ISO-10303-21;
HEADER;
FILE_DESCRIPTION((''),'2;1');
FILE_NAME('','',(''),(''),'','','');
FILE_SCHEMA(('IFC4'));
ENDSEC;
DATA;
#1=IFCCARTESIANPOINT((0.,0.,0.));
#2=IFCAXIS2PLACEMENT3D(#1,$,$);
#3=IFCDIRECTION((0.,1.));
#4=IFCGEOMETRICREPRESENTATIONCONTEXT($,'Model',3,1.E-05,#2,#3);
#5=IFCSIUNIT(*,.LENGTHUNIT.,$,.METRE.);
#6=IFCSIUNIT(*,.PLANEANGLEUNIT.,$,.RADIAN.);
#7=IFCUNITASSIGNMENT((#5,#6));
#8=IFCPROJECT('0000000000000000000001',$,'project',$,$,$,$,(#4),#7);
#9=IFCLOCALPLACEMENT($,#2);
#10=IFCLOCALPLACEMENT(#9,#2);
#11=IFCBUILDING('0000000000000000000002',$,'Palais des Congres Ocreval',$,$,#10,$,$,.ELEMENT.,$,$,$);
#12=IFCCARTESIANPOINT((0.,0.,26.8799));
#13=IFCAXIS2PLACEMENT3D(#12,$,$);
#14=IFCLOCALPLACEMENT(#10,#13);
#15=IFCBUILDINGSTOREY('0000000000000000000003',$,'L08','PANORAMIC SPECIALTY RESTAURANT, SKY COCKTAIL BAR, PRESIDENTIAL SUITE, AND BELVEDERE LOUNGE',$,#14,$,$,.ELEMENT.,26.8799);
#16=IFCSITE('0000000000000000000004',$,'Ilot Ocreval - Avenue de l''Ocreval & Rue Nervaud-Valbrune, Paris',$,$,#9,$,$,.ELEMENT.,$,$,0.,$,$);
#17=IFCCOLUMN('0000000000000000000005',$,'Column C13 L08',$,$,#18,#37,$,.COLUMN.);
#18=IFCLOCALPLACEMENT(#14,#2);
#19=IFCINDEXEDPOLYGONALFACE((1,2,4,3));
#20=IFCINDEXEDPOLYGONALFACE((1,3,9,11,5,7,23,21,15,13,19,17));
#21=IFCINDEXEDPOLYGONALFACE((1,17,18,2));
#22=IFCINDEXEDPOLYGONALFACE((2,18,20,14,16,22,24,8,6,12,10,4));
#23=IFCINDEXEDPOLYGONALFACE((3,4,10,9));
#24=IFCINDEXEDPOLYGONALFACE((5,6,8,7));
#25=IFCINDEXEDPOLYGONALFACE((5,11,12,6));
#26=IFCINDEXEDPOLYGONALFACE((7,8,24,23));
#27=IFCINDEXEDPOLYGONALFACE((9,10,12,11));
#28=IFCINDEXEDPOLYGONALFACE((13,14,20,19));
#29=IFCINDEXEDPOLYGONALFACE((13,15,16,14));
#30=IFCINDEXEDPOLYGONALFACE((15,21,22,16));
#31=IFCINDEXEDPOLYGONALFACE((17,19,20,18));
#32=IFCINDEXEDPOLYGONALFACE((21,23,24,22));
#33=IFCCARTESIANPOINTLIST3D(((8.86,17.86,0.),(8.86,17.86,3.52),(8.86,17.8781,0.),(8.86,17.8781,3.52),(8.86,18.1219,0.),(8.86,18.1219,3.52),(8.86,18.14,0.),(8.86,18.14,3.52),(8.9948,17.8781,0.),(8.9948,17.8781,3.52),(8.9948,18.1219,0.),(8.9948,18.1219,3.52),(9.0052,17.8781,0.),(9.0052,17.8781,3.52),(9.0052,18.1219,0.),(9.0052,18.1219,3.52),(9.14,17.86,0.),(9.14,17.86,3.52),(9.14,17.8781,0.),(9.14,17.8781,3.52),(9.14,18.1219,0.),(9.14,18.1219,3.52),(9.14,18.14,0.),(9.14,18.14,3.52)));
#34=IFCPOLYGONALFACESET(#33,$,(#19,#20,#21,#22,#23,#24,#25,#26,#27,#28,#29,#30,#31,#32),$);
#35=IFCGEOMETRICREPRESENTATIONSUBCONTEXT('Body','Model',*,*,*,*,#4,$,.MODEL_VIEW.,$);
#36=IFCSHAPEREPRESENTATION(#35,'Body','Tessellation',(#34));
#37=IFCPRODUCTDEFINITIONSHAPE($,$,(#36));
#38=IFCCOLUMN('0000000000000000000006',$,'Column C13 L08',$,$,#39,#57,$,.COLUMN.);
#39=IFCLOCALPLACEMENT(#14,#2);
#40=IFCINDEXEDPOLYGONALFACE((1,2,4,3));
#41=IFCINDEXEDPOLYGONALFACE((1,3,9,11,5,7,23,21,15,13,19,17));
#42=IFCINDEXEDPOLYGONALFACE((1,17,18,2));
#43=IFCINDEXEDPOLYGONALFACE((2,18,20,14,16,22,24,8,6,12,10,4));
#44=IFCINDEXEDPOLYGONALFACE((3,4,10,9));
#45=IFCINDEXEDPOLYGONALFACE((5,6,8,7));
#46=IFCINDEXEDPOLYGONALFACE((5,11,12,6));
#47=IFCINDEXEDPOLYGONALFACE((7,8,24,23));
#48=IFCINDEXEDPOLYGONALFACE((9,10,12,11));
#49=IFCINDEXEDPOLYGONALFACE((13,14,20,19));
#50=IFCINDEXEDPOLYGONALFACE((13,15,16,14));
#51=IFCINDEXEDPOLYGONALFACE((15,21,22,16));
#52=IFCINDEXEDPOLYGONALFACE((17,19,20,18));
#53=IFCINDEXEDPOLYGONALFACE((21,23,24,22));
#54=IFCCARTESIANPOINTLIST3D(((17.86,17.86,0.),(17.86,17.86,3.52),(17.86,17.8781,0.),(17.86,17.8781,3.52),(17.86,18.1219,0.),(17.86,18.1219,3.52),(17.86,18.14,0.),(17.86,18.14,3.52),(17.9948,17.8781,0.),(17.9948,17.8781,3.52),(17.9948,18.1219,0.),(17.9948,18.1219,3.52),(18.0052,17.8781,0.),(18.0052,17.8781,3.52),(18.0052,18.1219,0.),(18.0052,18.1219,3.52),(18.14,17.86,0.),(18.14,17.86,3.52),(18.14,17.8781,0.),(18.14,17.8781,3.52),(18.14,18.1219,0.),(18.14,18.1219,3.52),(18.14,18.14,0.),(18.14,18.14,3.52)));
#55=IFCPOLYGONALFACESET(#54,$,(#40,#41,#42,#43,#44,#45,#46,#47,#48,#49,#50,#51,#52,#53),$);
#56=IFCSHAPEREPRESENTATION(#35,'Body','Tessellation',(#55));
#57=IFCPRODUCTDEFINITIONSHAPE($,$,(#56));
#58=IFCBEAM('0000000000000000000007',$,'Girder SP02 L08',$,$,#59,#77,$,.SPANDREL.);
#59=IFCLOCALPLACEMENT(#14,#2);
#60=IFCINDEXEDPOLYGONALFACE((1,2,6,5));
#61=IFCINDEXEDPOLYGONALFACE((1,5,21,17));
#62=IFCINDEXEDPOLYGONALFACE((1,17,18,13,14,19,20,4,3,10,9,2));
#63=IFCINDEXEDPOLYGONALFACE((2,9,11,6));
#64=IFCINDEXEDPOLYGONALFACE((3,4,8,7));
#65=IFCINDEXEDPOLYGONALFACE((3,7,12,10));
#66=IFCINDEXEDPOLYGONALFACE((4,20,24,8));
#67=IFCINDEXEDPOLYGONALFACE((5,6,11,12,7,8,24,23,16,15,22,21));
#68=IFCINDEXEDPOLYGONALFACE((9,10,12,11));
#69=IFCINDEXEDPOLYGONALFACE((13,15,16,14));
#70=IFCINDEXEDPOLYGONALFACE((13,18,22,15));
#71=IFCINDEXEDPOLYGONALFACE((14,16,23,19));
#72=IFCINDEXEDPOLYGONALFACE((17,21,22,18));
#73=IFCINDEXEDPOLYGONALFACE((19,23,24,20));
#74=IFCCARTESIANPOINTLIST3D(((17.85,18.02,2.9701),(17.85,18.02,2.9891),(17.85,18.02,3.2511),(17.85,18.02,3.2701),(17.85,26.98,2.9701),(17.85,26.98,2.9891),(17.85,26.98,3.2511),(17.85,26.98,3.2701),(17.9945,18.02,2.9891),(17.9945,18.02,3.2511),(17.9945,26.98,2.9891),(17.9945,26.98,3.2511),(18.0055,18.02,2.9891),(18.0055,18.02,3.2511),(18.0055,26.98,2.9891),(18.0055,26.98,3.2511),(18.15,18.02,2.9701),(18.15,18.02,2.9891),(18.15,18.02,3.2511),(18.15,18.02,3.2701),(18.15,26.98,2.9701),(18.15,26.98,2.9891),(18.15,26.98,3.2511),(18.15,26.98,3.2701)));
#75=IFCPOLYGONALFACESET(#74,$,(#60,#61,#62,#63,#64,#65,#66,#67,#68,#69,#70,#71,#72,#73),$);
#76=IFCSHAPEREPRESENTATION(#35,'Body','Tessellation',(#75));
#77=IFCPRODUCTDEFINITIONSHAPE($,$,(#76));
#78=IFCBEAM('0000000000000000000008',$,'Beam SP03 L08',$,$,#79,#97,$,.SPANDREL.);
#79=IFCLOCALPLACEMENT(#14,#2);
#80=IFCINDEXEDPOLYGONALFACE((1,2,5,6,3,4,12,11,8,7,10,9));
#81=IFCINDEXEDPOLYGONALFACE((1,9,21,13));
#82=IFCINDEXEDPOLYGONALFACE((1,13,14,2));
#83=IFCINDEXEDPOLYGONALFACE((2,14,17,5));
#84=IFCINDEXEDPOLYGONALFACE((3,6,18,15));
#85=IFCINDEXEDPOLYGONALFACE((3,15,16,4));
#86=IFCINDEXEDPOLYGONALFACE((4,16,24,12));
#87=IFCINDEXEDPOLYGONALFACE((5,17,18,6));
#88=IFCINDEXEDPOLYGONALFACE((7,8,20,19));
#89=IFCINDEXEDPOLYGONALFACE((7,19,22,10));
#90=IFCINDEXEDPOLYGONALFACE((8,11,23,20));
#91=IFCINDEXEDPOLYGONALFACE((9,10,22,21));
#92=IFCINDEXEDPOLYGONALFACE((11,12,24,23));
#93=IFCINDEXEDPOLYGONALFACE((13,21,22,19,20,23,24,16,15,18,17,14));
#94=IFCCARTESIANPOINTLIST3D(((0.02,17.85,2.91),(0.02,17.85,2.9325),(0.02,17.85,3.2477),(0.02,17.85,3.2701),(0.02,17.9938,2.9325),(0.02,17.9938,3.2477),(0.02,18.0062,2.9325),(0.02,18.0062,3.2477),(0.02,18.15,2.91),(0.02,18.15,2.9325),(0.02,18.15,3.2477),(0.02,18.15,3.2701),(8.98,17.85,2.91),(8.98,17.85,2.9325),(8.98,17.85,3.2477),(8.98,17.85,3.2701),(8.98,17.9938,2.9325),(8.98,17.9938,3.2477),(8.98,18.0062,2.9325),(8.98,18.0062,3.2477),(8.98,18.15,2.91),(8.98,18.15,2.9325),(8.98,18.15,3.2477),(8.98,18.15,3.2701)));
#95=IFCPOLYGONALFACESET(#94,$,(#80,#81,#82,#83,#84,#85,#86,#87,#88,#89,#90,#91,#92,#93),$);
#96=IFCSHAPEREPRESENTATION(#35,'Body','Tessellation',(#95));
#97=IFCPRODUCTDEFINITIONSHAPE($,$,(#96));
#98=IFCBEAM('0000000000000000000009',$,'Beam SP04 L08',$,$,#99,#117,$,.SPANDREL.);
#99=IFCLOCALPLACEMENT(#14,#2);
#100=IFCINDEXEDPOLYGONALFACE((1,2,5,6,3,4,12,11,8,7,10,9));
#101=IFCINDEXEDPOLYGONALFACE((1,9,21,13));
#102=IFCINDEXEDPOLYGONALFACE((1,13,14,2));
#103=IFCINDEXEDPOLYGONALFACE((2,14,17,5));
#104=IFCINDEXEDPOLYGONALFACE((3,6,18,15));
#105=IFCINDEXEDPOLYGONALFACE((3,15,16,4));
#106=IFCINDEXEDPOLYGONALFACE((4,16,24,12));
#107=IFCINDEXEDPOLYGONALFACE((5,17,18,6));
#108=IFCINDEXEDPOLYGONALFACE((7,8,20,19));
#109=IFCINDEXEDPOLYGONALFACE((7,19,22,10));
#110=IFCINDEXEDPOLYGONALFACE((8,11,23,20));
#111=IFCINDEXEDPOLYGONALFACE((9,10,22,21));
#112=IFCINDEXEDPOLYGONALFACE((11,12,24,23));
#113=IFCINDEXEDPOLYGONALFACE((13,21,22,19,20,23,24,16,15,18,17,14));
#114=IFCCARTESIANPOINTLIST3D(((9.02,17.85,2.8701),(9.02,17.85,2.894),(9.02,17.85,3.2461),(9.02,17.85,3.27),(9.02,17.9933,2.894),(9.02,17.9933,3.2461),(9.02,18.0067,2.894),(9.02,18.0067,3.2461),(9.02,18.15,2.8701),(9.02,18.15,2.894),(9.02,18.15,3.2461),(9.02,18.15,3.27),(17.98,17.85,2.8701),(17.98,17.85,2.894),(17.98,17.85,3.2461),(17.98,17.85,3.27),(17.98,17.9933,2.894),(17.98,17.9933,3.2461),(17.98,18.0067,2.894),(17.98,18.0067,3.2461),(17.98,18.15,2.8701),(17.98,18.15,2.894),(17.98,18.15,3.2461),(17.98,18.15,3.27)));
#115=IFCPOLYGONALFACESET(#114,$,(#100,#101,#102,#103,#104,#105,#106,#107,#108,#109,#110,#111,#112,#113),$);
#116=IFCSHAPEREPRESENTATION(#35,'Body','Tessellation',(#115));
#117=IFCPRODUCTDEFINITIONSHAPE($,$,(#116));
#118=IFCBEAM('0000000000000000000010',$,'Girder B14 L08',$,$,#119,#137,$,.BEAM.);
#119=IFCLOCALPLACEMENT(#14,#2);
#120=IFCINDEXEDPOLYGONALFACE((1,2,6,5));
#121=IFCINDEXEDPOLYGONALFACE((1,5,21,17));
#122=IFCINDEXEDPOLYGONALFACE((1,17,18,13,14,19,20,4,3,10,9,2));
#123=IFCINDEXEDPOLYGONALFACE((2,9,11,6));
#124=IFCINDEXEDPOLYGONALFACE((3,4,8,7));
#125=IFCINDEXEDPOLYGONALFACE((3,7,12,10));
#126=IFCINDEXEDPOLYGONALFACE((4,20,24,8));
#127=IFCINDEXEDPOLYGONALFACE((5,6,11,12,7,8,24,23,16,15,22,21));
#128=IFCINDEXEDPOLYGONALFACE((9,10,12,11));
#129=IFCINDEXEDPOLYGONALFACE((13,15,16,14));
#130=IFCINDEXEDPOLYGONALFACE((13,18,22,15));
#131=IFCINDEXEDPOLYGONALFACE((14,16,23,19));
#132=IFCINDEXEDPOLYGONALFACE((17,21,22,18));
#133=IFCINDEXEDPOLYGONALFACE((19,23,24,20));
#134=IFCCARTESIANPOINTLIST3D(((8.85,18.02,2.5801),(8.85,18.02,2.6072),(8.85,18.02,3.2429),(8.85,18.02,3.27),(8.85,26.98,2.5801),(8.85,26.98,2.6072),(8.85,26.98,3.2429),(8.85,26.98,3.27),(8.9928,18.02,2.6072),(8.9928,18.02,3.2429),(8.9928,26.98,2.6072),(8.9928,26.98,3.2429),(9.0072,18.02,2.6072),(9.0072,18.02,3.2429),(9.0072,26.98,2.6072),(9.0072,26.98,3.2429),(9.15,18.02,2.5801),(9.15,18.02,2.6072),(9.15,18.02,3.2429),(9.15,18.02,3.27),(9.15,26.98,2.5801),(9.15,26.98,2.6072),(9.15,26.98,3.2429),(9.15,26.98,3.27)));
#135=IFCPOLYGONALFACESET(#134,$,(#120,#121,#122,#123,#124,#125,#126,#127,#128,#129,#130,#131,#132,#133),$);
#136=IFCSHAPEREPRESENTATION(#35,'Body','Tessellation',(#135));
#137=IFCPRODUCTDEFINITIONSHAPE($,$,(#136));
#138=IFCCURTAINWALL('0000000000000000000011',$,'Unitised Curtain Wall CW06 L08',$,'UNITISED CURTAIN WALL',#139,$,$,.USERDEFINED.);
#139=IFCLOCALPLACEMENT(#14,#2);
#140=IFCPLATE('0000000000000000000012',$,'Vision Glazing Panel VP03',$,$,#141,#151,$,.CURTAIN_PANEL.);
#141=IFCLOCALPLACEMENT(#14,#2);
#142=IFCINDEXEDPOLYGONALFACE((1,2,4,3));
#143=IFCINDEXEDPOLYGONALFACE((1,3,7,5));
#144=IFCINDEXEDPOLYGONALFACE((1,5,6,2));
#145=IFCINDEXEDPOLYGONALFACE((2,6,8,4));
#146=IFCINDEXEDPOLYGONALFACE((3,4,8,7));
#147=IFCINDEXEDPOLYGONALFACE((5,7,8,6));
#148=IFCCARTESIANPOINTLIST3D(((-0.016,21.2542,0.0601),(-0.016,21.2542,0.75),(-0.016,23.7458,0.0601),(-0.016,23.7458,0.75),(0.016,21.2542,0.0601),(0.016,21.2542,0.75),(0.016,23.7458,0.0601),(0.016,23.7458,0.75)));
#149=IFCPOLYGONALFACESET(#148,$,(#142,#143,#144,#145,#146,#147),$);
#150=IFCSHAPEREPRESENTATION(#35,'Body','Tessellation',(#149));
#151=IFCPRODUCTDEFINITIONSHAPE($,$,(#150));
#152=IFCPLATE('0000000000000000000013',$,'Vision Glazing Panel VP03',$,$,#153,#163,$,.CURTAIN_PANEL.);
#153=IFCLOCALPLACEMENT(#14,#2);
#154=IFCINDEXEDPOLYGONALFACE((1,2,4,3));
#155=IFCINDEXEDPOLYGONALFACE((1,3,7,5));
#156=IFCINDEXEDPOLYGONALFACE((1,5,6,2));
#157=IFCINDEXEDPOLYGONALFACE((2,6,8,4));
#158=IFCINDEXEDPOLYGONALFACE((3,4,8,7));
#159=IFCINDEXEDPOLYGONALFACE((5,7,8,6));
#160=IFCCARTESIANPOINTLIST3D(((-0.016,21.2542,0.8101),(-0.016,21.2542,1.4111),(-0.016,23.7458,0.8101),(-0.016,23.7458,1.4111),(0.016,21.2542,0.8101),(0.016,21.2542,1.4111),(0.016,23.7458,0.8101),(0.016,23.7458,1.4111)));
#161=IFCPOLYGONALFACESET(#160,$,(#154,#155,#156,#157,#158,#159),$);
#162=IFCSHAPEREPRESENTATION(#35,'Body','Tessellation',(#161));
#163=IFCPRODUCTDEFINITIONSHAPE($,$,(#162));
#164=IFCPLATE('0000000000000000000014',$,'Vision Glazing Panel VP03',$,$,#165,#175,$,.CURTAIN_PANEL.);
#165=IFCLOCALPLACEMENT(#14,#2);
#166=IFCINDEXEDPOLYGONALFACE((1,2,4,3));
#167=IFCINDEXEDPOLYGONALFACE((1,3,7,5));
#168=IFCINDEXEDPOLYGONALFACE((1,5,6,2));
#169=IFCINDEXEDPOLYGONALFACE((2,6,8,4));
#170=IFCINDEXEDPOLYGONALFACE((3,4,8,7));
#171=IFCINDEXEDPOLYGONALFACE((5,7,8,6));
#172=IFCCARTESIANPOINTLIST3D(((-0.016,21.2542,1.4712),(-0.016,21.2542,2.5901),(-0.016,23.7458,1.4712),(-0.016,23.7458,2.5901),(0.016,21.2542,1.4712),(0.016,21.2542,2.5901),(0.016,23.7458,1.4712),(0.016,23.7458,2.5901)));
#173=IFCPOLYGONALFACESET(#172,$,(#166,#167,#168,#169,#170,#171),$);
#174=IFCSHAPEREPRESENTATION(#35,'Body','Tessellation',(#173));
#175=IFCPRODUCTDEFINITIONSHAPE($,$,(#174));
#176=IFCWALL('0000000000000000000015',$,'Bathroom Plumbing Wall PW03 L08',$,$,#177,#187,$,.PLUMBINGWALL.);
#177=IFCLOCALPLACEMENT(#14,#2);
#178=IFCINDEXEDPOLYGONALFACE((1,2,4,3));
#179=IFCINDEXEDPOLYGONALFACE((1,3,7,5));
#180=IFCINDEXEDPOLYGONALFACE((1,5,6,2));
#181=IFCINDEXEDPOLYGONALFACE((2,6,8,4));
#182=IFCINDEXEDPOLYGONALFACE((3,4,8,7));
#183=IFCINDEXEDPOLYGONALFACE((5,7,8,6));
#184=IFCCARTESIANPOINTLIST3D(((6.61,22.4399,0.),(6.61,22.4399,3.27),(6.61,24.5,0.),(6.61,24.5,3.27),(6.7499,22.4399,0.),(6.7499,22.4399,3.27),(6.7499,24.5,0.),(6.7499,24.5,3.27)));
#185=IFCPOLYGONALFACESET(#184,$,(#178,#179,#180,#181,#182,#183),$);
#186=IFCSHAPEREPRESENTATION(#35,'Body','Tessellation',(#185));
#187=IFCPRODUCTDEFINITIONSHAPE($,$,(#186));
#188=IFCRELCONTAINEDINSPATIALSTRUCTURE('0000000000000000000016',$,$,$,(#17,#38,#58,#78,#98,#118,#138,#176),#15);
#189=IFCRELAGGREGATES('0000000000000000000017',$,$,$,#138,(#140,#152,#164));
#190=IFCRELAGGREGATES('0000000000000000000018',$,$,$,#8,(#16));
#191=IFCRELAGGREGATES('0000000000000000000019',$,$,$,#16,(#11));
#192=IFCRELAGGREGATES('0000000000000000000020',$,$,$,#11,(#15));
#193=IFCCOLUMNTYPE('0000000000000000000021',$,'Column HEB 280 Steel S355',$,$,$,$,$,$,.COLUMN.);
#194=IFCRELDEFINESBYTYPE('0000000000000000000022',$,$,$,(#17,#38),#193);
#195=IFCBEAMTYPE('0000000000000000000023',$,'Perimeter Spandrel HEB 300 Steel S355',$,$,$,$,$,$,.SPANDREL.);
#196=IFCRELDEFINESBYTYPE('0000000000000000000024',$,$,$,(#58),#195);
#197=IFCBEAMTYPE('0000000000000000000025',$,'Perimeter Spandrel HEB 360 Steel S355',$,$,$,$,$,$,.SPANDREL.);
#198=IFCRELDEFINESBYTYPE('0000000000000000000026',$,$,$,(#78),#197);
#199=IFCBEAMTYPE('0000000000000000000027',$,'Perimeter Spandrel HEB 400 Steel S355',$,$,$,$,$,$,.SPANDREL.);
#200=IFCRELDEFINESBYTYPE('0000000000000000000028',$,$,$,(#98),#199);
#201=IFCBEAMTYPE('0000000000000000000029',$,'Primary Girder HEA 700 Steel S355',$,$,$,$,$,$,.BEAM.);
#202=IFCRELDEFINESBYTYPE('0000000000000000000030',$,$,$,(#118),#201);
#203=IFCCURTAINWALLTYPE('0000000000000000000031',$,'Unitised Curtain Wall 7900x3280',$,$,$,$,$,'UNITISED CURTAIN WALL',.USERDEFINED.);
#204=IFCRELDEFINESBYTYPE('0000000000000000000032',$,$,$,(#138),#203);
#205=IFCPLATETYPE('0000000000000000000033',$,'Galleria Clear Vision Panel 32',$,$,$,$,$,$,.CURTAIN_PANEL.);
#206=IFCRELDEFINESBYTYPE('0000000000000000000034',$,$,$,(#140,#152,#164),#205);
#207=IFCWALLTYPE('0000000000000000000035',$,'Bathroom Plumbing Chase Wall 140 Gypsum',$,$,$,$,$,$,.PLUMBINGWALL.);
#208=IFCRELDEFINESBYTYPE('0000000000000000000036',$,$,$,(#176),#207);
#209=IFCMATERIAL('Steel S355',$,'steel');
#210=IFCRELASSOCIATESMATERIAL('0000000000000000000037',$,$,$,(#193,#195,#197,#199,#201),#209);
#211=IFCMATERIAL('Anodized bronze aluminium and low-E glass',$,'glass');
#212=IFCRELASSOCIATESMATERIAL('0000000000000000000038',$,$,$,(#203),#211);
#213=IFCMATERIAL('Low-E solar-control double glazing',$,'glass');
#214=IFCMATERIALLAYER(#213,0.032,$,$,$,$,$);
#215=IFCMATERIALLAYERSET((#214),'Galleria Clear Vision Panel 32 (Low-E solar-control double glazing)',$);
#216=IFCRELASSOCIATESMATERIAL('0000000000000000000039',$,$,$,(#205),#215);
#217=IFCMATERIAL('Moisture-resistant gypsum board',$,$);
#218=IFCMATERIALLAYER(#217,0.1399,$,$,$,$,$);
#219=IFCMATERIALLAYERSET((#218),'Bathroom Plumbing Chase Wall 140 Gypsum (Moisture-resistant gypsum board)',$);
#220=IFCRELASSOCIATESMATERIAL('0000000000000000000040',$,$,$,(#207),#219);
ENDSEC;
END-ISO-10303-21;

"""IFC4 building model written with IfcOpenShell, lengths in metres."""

from ifc_helpers import new_model, si_unit, direction, frame, frame_2d, origin, origin_2d, place, context, subcontext, project, spatial, rectangle, i_section, extrude, material, layer, layer_set, material_profile, profile_set, type_object, element, aggregate, save


model = new_model("IFC4")

# Units and contexts
model_context = context("Model", 3, precision=1e-05, world=origin(), true_north=direction((0.0, 1.0)))
body_context = subcontext(model_context, "Body", "Model", "MODEL_VIEW")
ifc_project = project(units=[si_unit("LENGTHUNIT", "METRE"), si_unit("PLANEANGLEUNIT", "RADIAN")], contexts=[model_context])

# Site, building, storey
site_placement = place(None, origin())
site = spatial("IfcSite", under=ifc_project, at=site_placement, Name="Ilot Ocreval - Avenue de l'Ocreval & Rue Nervaud-Valbrune, Paris", CompositionType="ELEMENT", RefElevation=0.0)
building_placement = place(site_placement, origin())
building = spatial("IfcBuilding", under=site, at=building_placement, Name="Palais des Congres Ocreval", CompositionType="ELEMENT")
storey_placement = place(building_placement, frame((0.0, 0.0, 26.8799)))
storey = spatial("IfcBuildingStorey", under=building, at=storey_placement, Name="L08", Description="PANORAMIC SPECIALTY RESTAURANT, SKY COCKTAIL BAR, PRESIDENTIAL SUITE, AND BELVEDERE LOUNGE", CompositionType="ELEMENT", Elevation=26.8799)

# Columns
ifc_material_1 = material(Name="Steel S355", Category="steel")
ifc_material_profile_1 = material_profile(ifc_material_1, i_section(OverallWidth=0.28, OverallDepth=0.28, WebThickness=0.0105, FlangeThickness=0.0181, at=origin_2d()), Name="HEB 280")
ifc_profile_set_1 = profile_set([ifc_material_profile_1], Name="Steel S355")
column_type = type_object("IfcColumnType", Name="Column HEB 280 Steel S355", PredefinedType="COLUMN", material=ifc_profile_set_1)
for number, where, z_axis, x_axis, name in (
    (1, (9.0, 18.0, 0.0), (0.0, 0.0, 1.0), (1.0, 0.0, 0.0), "Column C13 L08"),
    (2, (18.0, 18.0, 0.0), (0.0, 0.0, 1.0), (1.0, 0.0, 0.0), "Column C13 L08"),
):
    element("IfcColumn", number, at=place(storey_placement, frame(where, z_axis=z_axis, x_axis=x_axis)), inside=storey, type_object=column_type, Name=name, PredefinedType="COLUMN", context=body_context, shape_type="SweptSolid", body=[
        extrude(i_section(OverallWidth=0.28, OverallDepth=0.28, WebThickness=0.0105, FlangeThickness=0.0181, at=origin_2d()), origin(), (0.0, 0.0, 1.0), 3.52),
    ])

# Beams
ifc_material_profile_2 = material_profile(ifc_material_1, i_section(OverallWidth=0.3, OverallDepth=0.3, WebThickness=0.011, FlangeThickness=0.019, at=origin_2d()), Name="HEB 300")
ifc_profile_set_2 = profile_set([ifc_material_profile_2], Name="Steel S355")
beam_type_1 = type_object("IfcBeamType", Name="Perimeter Spandrel HEB 300 Steel S355", PredefinedType="SPANDREL", material=ifc_profile_set_2)
beam_1_placement = place(storey_placement, frame((18.0, 18.02, 3.1201), z_axis=(0.0, 1.0, 0.0), x_axis=(-1.0, 0.0, 0.0)))
element("IfcBeam", 3, at=beam_1_placement, inside=storey, type_object=beam_type_1, Name="Girder SP02 L08", PredefinedType="SPANDREL", context=body_context, shape_type="SweptSolid", body=[
    extrude(i_section(OverallWidth=0.3, OverallDepth=0.3, WebThickness=0.011, FlangeThickness=0.019, at=origin_2d()), origin(), (0.0, 0.0, 1.0), 8.96),
])
ifc_material_profile_3 = material_profile(ifc_material_1, i_section(OverallWidth=0.3, OverallDepth=0.3601, WebThickness=0.0125, FlangeThickness=0.0225, at=origin_2d()), Name="HEB 360")
ifc_profile_set_3 = profile_set([ifc_material_profile_3], Name="Steel S355")
beam_type_2 = type_object("IfcBeamType", Name="Perimeter Spandrel HEB 360 Steel S355", PredefinedType="SPANDREL", material=ifc_profile_set_3)
beam_2_placement = place(storey_placement, frame((0.02, 18.0, 3.0901), z_axis=(1.0, 0.0, 0.0), x_axis=(0.0, 1.0, 0.0)))
element("IfcBeam", 4, at=beam_2_placement, inside=storey, type_object=beam_type_2, Name="Beam SP03 L08", PredefinedType="SPANDREL", context=body_context, shape_type="SweptSolid", body=[
    extrude(i_section(OverallWidth=0.3, OverallDepth=0.3601, WebThickness=0.0125, FlangeThickness=0.0225, at=origin_2d()), origin(), (0.0, 0.0, 1.0), 8.96),
])
ifc_material_profile_4 = material_profile(ifc_material_1, i_section(OverallWidth=0.3, OverallDepth=0.3999, WebThickness=0.0134, FlangeThickness=0.0239, at=origin_2d()), Name="HEB 400")
ifc_profile_set_4 = profile_set([ifc_material_profile_4], Name="Steel S355")
beam_type_3 = type_object("IfcBeamType", Name="Perimeter Spandrel HEB 400 Steel S355", PredefinedType="SPANDREL", material=ifc_profile_set_4)
beam_3_placement = place(storey_placement, frame((9.02, 18.0, 3.0701), z_axis=(1.0, 0.0, 0.0), x_axis=(0.0, 1.0, 0.0)))
element("IfcBeam", 5, at=beam_3_placement, inside=storey, type_object=beam_type_3, Name="Beam SP04 L08", PredefinedType="SPANDREL", context=body_context, shape_type="SweptSolid", body=[
    extrude(i_section(OverallWidth=0.3, OverallDepth=0.3999, WebThickness=0.0134, FlangeThickness=0.0239, at=origin_2d()), origin(), (0.0, 0.0, 1.0), 8.96),
])
ifc_material_profile_5 = material_profile(ifc_material_1, i_section(OverallWidth=0.3, OverallDepth=0.6899, WebThickness=0.0144, FlangeThickness=0.0271, at=origin_2d()), Name="HEA 700")
ifc_profile_set_5 = profile_set([ifc_material_profile_5], Name="Steel S355")
beam_type_4 = type_object("IfcBeamType", Name="Primary Girder HEA 700 Steel S355", PredefinedType="BEAM", material=ifc_profile_set_5)
beam_4_placement = place(storey_placement, frame((9.0, 18.02, 2.925), z_axis=(0.0, 1.0, 0.0), x_axis=(-1.0, 0.0, 0.0)))
element("IfcBeam", 6, at=beam_4_placement, inside=storey, type_object=beam_type_4, Name="Girder B14 L08", PredefinedType="BEAM", context=body_context, shape_type="SweptSolid", body=[
    extrude(i_section(OverallWidth=0.3, OverallDepth=0.6899, WebThickness=0.0144, FlangeThickness=0.0271, at=origin_2d()), origin(), (0.0, 0.0, 1.0), 8.96),
])

# Curtain wall, plates
ifc_material_2 = material(Name="Anodized bronze aluminium and low-E glass", Category="glass")
curtain_wall_type = type_object("IfcCurtainWallType", Name="Unitised Curtain Wall 7900x3280", ElementType="UNITISED CURTAIN WALL", PredefinedType="USERDEFINED", material=ifc_material_2)
curtain_wall_placement = place(storey_placement, origin())
curtain_wall = element("IfcCurtainWall", 7, at=curtain_wall_placement, inside=storey, type_object=curtain_wall_type, Name="Unitised Curtain Wall CW06 L08", ObjectType="UNITISED CURTAIN WALL", PredefinedType="USERDEFINED")
ifc_material_3 = material(Name="Low-E solar-control double glazing", Category="glass")
ifc_layer_1 = layer(ifc_material_3, 0.032)
ifc_layer_set_1 = layer_set([ifc_layer_1], Name="Galleria Clear Vision Panel 32 (Low-E solar-control double glazing)")
plate_type = type_object("IfcPlateType", Name="Galleria Clear Vision Panel 32", PredefinedType="CURTAIN_PANEL", material=ifc_layer_set_1)
plate_1_placement = place(storey_placement, frame((0.0, 22.5, 0.0601), z_axis=(0.0, 0.0, 1.0), x_axis=(0.0, 1.0, 0.0)))
plate_1 = element("IfcPlate", 8, at=plate_1_placement, type_object=plate_type, Name="Vision Glazing Panel VP03", PredefinedType="CURTAIN_PANEL", context=body_context, shape_type="SweptSolid", body=[
    extrude(rectangle(XDim=2.4917, YDim=0.032, at=origin_2d()), origin(), (0.0, 0.0, 1.0), 0.6899),
])
plate_2_placement = place(storey_placement, frame((0.0, 22.5, 0.8101), z_axis=(0.0, 0.0, 1.0), x_axis=(0.0, 1.0, 0.0)))
plate_2 = element("IfcPlate", 9, at=plate_2_placement, type_object=plate_type, Name="Vision Glazing Panel VP03", PredefinedType="CURTAIN_PANEL", context=body_context, shape_type="SweptSolid", body=[
    extrude(rectangle(XDim=2.4917, YDim=0.032, at=origin_2d()), origin(), (0.0, 0.0, 1.0), 0.6011),
])
plate_3_placement = place(storey_placement, frame((0.0, 22.5, 1.4712), z_axis=(0.0, 0.0, 1.0), x_axis=(0.0, 1.0, 0.0)))
plate_3 = element("IfcPlate", 10, at=plate_3_placement, type_object=plate_type, Name="Vision Glazing Panel VP03", PredefinedType="CURTAIN_PANEL", context=body_context, shape_type="SweptSolid", body=[
    extrude(rectangle(XDim=2.4917, YDim=0.032, at=origin_2d()), origin(), (0.0, 0.0, 1.0), 1.1189),
])
aggregate(curtain_wall, [plate_1, plate_2, plate_3])

# Wall
ifc_material_4 = material(Name="Moisture-resistant gypsum board")
ifc_layer_2 = layer(ifc_material_4, 0.1399)
ifc_layer_set_2 = layer_set([ifc_layer_2], Name="Bathroom Plumbing Chase Wall 140 Gypsum (Moisture-resistant gypsum board)")
wall_type_1 = type_object("IfcWallType", Name="Bathroom Plumbing Chase Wall 140 Gypsum", PredefinedType="PLUMBINGWALL", material=ifc_layer_set_2)
wall_1_placement = place(storey_placement, frame((6.6799, 22.4399, 0.0), z_axis=(0.0, 0.0, 1.0), x_axis=(0.0, 1.0, 0.0)))
element("IfcWall", 11, at=wall_1_placement, inside=storey, type_object=wall_type_1, Name="Bathroom Plumbing Wall PW03 L08", PredefinedType="PLUMBINGWALL", context=body_context, shape_type="SweptSolid", body=[
    extrude(rectangle(XDim=2.0601, YDim=0.1399, at=frame_2d((1.03, 0.0))), origin(), (0.0, 0.0, 1.0), 3.27),
])

save(model, "model.ifc")
